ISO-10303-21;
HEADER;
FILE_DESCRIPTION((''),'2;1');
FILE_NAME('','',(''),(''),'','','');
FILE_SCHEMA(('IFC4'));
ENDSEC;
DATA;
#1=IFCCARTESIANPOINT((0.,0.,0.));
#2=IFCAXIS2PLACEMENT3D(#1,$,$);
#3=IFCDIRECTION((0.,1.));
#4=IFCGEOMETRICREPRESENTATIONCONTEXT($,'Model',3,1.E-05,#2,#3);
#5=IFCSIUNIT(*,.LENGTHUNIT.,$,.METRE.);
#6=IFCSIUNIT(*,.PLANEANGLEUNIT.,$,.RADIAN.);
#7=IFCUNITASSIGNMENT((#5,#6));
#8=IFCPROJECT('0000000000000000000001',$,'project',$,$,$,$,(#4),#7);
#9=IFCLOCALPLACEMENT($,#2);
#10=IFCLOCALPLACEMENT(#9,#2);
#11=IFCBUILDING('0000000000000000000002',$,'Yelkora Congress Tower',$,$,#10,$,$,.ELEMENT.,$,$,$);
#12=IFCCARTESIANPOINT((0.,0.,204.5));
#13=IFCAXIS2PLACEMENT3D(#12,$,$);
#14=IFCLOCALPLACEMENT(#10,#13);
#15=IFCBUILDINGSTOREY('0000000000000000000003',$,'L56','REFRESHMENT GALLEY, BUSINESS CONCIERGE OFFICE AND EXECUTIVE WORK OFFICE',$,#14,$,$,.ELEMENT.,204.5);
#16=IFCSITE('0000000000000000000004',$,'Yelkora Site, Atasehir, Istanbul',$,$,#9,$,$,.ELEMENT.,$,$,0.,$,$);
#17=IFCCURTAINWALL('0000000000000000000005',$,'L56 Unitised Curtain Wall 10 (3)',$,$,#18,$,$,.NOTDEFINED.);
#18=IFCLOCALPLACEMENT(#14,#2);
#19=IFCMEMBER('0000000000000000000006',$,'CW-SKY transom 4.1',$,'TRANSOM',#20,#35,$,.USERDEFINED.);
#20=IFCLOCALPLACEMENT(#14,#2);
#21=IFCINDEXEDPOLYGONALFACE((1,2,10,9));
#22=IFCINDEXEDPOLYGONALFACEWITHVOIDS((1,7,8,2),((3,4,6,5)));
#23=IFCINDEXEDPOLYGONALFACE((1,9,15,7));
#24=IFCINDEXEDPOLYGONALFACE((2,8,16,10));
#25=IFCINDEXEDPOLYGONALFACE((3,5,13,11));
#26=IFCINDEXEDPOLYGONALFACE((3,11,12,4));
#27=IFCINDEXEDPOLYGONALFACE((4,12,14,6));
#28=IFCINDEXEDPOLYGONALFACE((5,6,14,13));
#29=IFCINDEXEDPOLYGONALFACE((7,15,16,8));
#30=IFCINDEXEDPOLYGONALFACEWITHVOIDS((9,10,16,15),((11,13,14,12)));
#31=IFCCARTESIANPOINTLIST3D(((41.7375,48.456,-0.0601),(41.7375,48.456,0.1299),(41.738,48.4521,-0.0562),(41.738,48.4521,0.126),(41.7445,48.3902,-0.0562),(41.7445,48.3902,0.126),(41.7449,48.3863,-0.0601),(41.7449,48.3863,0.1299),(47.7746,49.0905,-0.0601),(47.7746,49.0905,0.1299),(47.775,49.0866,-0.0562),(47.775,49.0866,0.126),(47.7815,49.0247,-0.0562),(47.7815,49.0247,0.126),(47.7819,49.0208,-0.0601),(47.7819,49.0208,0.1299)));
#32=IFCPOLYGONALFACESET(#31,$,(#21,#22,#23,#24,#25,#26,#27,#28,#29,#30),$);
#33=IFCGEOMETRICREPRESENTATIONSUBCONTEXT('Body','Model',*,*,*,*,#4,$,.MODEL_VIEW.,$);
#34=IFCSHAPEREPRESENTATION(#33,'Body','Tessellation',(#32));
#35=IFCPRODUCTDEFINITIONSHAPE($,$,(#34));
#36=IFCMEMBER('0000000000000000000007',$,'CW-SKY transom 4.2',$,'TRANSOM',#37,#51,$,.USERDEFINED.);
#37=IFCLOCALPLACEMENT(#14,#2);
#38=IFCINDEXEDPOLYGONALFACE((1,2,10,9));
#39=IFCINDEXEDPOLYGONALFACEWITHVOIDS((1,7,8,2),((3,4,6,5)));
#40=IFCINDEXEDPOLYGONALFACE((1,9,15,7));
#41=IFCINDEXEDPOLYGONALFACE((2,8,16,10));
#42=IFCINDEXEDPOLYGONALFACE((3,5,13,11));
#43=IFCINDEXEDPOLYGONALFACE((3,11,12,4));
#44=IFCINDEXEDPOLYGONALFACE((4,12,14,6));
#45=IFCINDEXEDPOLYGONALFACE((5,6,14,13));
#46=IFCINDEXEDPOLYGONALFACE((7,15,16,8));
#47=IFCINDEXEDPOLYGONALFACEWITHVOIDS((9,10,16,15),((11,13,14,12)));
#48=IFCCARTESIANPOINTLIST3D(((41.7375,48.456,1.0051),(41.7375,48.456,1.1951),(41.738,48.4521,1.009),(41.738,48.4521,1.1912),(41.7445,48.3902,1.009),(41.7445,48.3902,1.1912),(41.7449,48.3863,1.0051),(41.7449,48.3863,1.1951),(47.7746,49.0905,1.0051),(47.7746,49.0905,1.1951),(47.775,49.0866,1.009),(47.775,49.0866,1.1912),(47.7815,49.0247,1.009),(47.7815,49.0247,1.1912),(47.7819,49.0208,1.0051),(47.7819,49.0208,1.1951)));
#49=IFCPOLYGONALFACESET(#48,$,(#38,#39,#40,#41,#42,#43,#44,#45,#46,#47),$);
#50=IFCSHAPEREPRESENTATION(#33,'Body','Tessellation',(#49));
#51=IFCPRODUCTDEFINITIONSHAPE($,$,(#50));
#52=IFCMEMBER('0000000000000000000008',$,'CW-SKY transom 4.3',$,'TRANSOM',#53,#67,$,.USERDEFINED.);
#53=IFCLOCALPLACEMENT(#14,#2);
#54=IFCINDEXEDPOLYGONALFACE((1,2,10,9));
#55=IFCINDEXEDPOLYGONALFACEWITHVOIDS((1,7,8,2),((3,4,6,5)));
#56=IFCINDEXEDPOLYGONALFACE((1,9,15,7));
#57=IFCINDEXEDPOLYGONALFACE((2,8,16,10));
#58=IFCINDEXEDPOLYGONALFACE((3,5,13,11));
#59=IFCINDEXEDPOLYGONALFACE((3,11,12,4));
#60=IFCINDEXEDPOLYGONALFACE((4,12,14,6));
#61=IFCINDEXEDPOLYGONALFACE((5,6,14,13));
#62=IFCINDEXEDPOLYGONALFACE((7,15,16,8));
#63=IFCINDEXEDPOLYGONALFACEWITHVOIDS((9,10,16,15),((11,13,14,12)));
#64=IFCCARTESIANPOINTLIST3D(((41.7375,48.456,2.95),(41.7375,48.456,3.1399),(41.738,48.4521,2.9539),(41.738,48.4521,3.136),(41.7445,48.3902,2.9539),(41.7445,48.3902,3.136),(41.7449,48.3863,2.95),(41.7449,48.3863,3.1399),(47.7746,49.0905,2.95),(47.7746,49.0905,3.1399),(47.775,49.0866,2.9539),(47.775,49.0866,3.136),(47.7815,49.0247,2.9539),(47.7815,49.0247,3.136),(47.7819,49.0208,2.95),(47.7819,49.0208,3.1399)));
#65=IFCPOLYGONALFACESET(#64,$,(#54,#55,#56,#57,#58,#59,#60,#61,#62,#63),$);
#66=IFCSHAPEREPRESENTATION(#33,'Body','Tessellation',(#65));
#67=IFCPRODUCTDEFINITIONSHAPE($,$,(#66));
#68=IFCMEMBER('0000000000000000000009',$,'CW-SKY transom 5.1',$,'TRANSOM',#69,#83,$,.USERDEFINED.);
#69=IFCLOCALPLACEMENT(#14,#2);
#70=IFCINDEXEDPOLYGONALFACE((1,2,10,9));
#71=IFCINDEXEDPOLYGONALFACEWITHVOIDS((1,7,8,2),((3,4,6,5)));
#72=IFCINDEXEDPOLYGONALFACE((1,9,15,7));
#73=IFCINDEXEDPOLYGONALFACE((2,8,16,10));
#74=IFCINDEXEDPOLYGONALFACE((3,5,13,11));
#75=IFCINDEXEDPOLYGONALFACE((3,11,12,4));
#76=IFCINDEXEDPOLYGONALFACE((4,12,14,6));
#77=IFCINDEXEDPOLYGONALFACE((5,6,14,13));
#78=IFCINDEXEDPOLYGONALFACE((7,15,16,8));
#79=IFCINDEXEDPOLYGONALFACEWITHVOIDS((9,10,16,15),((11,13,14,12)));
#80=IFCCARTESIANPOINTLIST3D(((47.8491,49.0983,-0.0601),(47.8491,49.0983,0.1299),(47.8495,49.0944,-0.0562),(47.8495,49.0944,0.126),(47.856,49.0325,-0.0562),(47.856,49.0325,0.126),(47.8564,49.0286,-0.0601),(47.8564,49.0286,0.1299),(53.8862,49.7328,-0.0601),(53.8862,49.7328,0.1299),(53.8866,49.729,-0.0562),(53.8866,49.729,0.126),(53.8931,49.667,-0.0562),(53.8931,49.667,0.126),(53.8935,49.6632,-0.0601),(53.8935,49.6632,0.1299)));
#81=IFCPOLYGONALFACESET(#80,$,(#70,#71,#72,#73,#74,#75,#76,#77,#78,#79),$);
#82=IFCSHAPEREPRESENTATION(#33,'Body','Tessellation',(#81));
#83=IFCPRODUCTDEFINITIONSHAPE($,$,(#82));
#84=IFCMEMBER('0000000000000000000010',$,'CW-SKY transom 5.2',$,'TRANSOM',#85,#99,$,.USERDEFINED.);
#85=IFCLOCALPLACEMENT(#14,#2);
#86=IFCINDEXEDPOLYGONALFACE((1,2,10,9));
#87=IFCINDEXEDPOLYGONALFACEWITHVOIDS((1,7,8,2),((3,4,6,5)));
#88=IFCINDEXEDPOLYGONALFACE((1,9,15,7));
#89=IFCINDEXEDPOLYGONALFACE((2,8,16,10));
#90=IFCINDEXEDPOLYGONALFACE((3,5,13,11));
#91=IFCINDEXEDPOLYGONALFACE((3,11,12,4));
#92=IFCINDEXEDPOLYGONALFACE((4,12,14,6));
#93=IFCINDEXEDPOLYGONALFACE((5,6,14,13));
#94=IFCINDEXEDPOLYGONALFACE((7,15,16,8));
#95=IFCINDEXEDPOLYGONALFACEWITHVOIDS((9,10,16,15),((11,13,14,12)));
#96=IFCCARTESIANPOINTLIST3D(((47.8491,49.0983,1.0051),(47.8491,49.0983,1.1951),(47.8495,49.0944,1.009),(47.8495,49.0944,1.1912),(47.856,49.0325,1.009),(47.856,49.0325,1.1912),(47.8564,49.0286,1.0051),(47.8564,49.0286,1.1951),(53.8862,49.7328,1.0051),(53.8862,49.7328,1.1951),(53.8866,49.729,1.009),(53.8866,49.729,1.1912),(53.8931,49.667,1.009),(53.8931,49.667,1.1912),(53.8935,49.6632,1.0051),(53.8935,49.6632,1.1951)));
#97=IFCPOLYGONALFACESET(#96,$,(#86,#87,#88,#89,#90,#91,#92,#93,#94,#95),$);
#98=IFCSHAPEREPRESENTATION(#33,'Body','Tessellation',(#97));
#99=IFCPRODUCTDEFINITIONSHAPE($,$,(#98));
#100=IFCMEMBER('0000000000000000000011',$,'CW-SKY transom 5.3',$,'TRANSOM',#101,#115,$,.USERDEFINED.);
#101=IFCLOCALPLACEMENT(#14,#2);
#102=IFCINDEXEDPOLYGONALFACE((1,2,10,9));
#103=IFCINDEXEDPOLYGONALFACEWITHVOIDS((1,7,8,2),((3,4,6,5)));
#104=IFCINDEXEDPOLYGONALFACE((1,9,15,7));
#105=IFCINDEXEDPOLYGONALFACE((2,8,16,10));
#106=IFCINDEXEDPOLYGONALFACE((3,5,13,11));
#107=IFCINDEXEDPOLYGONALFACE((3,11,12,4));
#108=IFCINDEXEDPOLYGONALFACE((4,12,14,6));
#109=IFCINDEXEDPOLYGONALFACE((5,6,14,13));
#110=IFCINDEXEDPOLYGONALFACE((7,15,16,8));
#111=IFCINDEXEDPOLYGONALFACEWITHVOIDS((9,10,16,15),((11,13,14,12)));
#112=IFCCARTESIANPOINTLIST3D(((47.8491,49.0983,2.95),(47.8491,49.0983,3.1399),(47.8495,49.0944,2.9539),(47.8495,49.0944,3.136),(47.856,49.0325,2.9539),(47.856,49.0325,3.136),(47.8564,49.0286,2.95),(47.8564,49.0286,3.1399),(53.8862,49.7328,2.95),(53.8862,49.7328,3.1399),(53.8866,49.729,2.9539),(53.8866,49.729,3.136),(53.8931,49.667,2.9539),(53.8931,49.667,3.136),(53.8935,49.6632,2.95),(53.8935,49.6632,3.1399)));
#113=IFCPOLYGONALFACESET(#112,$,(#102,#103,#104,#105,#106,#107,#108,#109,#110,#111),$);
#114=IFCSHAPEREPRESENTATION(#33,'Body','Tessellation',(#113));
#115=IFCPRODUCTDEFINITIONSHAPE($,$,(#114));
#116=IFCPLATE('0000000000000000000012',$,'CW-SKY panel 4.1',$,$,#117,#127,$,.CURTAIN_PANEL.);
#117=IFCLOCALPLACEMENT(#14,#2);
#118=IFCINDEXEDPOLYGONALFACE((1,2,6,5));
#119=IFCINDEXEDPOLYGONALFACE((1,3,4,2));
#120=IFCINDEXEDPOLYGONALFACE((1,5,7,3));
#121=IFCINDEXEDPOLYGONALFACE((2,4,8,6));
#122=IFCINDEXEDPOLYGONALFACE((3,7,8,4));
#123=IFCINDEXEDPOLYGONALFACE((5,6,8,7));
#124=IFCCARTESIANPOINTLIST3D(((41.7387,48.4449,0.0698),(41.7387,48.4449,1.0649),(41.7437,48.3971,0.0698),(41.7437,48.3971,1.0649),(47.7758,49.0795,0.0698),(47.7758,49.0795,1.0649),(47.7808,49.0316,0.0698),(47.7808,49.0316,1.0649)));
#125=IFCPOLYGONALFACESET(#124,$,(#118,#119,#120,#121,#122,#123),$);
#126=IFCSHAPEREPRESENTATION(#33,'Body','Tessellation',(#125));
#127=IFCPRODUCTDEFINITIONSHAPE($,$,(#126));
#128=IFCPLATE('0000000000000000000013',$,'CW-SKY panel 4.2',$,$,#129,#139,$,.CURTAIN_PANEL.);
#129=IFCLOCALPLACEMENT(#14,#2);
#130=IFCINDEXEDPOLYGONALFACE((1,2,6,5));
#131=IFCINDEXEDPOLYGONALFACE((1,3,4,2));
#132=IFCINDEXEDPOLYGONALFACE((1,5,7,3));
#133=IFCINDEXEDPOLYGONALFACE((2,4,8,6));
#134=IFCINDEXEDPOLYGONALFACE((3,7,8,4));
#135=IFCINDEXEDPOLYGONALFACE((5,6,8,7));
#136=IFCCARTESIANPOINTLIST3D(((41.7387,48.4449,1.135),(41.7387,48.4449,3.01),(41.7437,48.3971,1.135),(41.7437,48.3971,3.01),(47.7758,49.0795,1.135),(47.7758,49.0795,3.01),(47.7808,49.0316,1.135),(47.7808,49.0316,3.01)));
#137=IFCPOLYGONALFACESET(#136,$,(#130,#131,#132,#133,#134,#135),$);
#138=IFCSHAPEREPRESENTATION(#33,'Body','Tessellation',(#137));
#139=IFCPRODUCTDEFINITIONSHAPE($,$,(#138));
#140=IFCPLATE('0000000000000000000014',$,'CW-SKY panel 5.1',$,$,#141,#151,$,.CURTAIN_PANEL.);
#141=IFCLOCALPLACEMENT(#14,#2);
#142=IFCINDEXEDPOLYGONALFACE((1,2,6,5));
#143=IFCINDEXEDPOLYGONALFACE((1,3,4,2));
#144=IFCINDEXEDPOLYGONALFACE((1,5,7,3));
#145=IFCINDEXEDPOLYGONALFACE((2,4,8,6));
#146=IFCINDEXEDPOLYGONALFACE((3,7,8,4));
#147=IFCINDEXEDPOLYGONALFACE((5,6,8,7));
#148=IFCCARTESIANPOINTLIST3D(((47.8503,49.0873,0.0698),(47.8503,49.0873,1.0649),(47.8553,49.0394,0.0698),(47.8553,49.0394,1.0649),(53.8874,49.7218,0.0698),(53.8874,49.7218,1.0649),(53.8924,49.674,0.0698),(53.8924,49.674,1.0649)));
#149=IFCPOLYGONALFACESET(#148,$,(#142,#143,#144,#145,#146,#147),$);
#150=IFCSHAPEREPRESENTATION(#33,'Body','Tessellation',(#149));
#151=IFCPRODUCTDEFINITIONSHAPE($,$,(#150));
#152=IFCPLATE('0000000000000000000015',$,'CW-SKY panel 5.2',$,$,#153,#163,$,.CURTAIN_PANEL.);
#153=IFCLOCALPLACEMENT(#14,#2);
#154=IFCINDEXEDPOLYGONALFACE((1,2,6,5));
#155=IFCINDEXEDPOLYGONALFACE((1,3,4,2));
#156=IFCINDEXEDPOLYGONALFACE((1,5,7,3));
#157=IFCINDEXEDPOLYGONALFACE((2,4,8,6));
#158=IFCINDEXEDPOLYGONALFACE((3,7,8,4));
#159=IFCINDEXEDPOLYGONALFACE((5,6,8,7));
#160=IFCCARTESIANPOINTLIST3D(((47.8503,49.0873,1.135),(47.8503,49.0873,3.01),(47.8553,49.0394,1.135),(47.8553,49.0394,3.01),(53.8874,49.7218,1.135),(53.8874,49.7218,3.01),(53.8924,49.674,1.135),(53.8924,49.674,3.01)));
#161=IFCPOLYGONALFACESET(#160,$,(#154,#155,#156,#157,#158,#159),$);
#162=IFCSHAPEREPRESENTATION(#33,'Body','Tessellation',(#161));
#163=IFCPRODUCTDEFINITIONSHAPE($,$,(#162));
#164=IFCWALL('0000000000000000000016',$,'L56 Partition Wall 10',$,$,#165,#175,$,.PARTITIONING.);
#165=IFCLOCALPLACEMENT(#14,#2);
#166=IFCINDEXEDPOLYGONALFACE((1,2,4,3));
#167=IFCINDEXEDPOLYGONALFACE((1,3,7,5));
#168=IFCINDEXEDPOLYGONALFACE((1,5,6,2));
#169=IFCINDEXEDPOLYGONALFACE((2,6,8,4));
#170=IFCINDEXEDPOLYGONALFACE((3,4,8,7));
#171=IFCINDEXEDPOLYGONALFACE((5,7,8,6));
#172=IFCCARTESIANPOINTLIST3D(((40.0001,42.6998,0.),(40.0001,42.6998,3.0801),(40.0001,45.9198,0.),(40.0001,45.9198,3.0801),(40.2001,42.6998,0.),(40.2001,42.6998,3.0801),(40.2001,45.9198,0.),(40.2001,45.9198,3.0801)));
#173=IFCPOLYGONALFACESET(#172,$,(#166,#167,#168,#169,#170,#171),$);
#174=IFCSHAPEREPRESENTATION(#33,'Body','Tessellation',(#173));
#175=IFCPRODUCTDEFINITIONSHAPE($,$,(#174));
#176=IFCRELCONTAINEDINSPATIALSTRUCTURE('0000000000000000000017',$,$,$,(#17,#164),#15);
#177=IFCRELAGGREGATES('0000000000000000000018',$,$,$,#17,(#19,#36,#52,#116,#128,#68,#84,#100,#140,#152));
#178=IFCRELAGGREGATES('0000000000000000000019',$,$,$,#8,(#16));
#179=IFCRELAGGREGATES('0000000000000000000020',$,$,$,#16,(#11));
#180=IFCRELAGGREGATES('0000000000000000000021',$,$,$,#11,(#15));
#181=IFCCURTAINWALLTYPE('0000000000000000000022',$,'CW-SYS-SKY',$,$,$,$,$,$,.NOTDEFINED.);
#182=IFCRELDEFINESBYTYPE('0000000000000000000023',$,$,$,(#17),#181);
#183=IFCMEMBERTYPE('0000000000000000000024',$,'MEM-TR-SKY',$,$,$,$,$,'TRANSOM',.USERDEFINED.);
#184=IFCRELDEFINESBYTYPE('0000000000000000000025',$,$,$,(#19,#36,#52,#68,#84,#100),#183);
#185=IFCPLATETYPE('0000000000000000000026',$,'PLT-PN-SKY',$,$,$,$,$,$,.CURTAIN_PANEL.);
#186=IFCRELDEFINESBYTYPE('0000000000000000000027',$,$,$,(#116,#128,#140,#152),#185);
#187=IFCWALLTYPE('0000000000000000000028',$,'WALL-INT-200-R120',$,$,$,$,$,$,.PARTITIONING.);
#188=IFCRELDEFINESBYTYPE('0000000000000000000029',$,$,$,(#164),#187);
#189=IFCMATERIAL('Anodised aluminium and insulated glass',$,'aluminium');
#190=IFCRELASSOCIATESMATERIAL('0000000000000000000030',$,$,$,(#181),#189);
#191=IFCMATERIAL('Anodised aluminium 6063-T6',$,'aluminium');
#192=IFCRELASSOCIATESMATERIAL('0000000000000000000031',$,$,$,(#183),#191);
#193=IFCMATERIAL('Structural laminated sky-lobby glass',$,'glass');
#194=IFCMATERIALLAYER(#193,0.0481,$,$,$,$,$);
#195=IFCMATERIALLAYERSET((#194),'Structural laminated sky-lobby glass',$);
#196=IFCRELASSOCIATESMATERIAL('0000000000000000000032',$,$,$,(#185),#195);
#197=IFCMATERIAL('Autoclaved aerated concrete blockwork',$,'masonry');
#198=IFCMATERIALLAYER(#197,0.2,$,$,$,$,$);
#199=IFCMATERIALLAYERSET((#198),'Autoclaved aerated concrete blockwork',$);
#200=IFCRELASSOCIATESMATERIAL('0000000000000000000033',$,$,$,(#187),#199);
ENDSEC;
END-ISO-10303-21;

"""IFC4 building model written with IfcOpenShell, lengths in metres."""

from ifc_helpers import new_model, si_unit, direction, frame, frame_2d, origin, origin_2d, place, context, subcontext, project, spatial, rectangle, hollow_rectangle, extrude, material, layer, layer_set, material_profile, profile_set, type_object, element, aggregate, save


model = new_model("IFC4")

# Units and contexts
model_context = context("Model", 3, precision=1e-05, world=origin(), true_north=direction((0.0, 1.0)))
body_context = subcontext(model_context, "Body", "Model", "MODEL_VIEW")
ifc_project = project(units=[si_unit("LENGTHUNIT", "METRE"), si_unit("PLANEANGLEUNIT", "RADIAN")], contexts=[model_context])

# Site, building, storey
site_placement = place(None, origin())
site = spatial("IfcSite", under=ifc_project, at=site_placement, Name="Yelkora Site, Atasehir, Istanbul", CompositionType="ELEMENT", RefElevation=0.0)
building_placement = place(site_placement, origin())
building = spatial("IfcBuilding", under=site, at=building_placement, Name="Yelkora Congress Tower", CompositionType="ELEMENT")
storey_placement = place(building_placement, frame((0.0, 0.0, 204.5)))
storey = spatial("IfcBuildingStorey", under=building, at=storey_placement, Name="L56", Description="REFRESHMENT GALLEY, BUSINESS CONCIERGE OFFICE AND EXECUTIVE WORK OFFICE", CompositionType="ELEMENT", Elevation=204.5)

# Curtain wall, members, plates
ifc_material_1 = material(Name="Anodised aluminium and insulated glass", Category="aluminium")
curtain_wall_type = type_object("IfcCurtainWallType", Name="CW-SYS-SKY", PredefinedType="NOTDEFINED", material=ifc_material_1)
curtain_wall_placement = place(storey_placement, origin())
curtain_wall = element("IfcCurtainWall", 1, at=curtain_wall_placement, inside=storey, type_object=curtain_wall_type, Name="L56 Unitised Curtain Wall 10 (3)", PredefinedType="NOTDEFINED")
ifc_material_2 = material(Name="Anodised aluminium 6063-T6", Category="aluminium")
ifc_material_profile_1 = material_profile(ifc_material_2, hollow_rectangle(XDim=0.0701, YDim=0.1899, WallThickness=0.0039, at=origin_2d()), Name="ALU 70x190x4")
ifc_profile_set_1 = profile_set([ifc_material_profile_1], Name="Anodised aluminium 6063-T6")
member_type_1 = type_object("IfcMemberType", Name="MEM-TR-SKY", ElementType="TRANSOM", PredefinedType="USERDEFINED", material=ifc_profile_set_1)
member_1_placement = place(storey_placement, frame((41.7412, 48.4211, 0.0349), z_axis=(0.994522, 0.104528, 0.0), x_axis=(-0.104528, 0.994522, 0.0)))
member_1 = element("IfcMember", 2, at=member_1_placement, type_object=member_type_1, Name="CW-SKY transom 4.1", ObjectType="TRANSOM", PredefinedType="USERDEFINED", context=body_context, shape_type="SweptSolid", body=[
    extrude(hollow_rectangle(XDim=0.0701, YDim=0.1899, WallThickness=0.0039, at=origin_2d()), origin(), (0.0, 0.0, 1.0), 6.0703),
])
member_2_placement = place(storey_placement, frame((41.7412, 48.4211, 1.1001), z_axis=(0.994522, 0.104528, 0.0), x_axis=(-0.104528, 0.994522, 0.0)))
member_2 = element("IfcMember", 3, at=member_2_placement, type_object=member_type_1, Name="CW-SKY transom 4.2", ObjectType="TRANSOM", PredefinedType="USERDEFINED", context=body_context, shape_type="SweptSolid", body=[
    extrude(hollow_rectangle(XDim=0.0701, YDim=0.1899, WallThickness=0.0039, at=origin_2d()), origin(), (0.0, 0.0, 1.0), 6.0703),
])
member_3_placement = place(storey_placement, frame((41.7412, 48.4211, 3.0449), z_axis=(0.994522, 0.104528, 0.0), x_axis=(-0.104528, 0.994522, 0.0)))
member_3 = element("IfcMember", 4, at=member_3_placement, type_object=member_type_1, Name="CW-SKY transom 4.3", ObjectType="TRANSOM", PredefinedType="USERDEFINED", context=body_context, shape_type="SweptSolid", body=[
    extrude(hollow_rectangle(XDim=0.0701, YDim=0.1899, WallThickness=0.0039, at=origin_2d()), origin(), (0.0, 0.0, 1.0), 6.0703),
])
member_4_placement = place(storey_placement, frame((47.8528, 49.0635, 0.0349), z_axis=(0.994522, 0.104528, 0.0), x_axis=(-0.104528, 0.994522, 0.0)))
member_4 = element("IfcMember", 5, at=member_4_placement, type_object=member_type_1, Name="CW-SKY transom 5.1", ObjectType="TRANSOM", PredefinedType="USERDEFINED", context=body_context, shape_type="SweptSolid", body=[
    extrude(hollow_rectangle(XDim=0.0701, YDim=0.1899, WallThickness=0.0039, at=origin_2d()), origin(), (0.0, 0.0, 1.0), 6.0703),
])
member_5_placement = place(storey_placement, frame((47.8528, 49.0635, 1.1001), z_axis=(0.994522, 0.104528, 0.0), x_axis=(-0.104528, 0.994522, 0.0)))
member_5 = element("IfcMember", 6, at=member_5_placement, type_object=member_type_1, Name="CW-SKY transom 5.2", ObjectType="TRANSOM", PredefinedType="USERDEFINED", context=body_context, shape_type="SweptSolid", body=[
    extrude(hollow_rectangle(XDim=0.0701, YDim=0.1899, WallThickness=0.0039, at=origin_2d()), origin(), (0.0, 0.0, 1.0), 6.0703),
])
member_6_placement = place(storey_placement, frame((47.8528, 49.0635, 3.0449), z_axis=(0.994522, 0.104528, 0.0), x_axis=(-0.104528, 0.994522, 0.0)))
member_6 = element("IfcMember", 7, at=member_6_placement, type_object=member_type_1, Name="CW-SKY transom 5.3", ObjectType="TRANSOM", PredefinedType="USERDEFINED", context=body_context, shape_type="SweptSolid", body=[
    extrude(hollow_rectangle(XDim=0.0701, YDim=0.1899, WallThickness=0.0039, at=origin_2d()), origin(), (0.0, 0.0, 1.0), 6.0703),
])
ifc_material_3 = material(Name="Structural laminated sky-lobby glass", Category="glass")
ifc_layer_1 = layer(ifc_material_3, 0.0481)
ifc_layer_set_1 = layer_set([ifc_layer_1], Name="Structural laminated sky-lobby glass")
plate_type = type_object("IfcPlateType", Name="PLT-PN-SKY", PredefinedType="CURTAIN_PANEL", material=ifc_layer_set_1)
plate_1_placement = place(storey_placement, frame((44.7598, 48.7383, 0.0698), z_axis=(0.0, 0.0, 1.0), x_axis=(0.994522, 0.104528, 0.0)))
plate_1 = element("IfcPlate", 8, at=plate_1_placement, type_object=plate_type, Name="CW-SKY panel 4.1", PredefinedType="CURTAIN_PANEL", context=body_context, shape_type="SweptSolid", body=[
    extrude(rectangle(XDim=6.0703, YDim=0.0481, at=origin_2d()), origin(), (0.0, 0.0, 1.0), 0.9951),
])
plate_2_placement = place(storey_placement, frame((44.7598, 48.7383, 1.135), z_axis=(0.0, 0.0, 1.0), x_axis=(0.994522, 0.104528, 0.0)))
plate_2 = element("IfcPlate", 9, at=plate_2_placement, type_object=plate_type, Name="CW-SKY panel 4.2", PredefinedType="CURTAIN_PANEL", context=body_context, shape_type="SweptSolid", body=[
    extrude(rectangle(XDim=6.0703, YDim=0.0481, at=origin_2d()), origin(), (0.0, 0.0, 1.0), 1.875),
])
plate_3_placement = place(storey_placement, frame((50.8713, 49.3806, 0.0698), z_axis=(0.0, 0.0, 1.0), x_axis=(0.994522, 0.104528, 0.0)))
plate_3 = element("IfcPlate", 10, at=plate_3_placement, type_object=plate_type, Name="CW-SKY panel 5.1", PredefinedType="CURTAIN_PANEL", context=body_context, shape_type="SweptSolid", body=[
    extrude(rectangle(XDim=6.0703, YDim=0.0481, at=origin_2d()), origin(), (0.0, 0.0, 1.0), 0.9951),
])
plate_4_placement = place(storey_placement, frame((50.8713, 49.3806, 1.135), z_axis=(0.0, 0.0, 1.0), x_axis=(0.994522, 0.104528, 0.0)))
plate_4 = element("IfcPlate", 11, at=plate_4_placement, type_object=plate_type, Name="CW-SKY panel 5.2", PredefinedType="CURTAIN_PANEL", context=body_context, shape_type="SweptSolid", body=[
    extrude(rectangle(XDim=6.0703, YDim=0.0481, at=origin_2d()), origin(), (0.0, 0.0, 1.0), 1.875),
])
aggregate(curtain_wall, [member_1, member_2, member_3, plate_1, plate_2, member_4, member_5, member_6, plate_3, plate_4])

# Wall
ifc_material_4 = material(Name="Autoclaved aerated concrete blockwork", Category="masonry")
ifc_layer_2 = layer(ifc_material_4, 0.2)
ifc_layer_set_2 = layer_set([ifc_layer_2], Name="Autoclaved aerated concrete blockwork")
wall_type_1 = type_object("IfcWallType", Name="WALL-INT-200-R120", PredefinedType="PARTITIONING", material=ifc_layer_set_2)
wall_1_placement = place(storey_placement, frame((40.1001, 42.7, 0.0), z_axis=(0.0, 0.0, 1.0), x_axis=(0.0, 1.0, 0.0)))
element("IfcWall", 12, at=wall_1_placement, inside=storey, type_object=wall_type_1, Name="L56 Partition Wall 10", PredefinedType="PARTITIONING", context=body_context, shape_type="SweptSolid", body=[
    extrude(rectangle(XDim=3.22, YDim=0.2, at=frame_2d((1.6099, 0.0))), origin(), (0.0, 0.0, 1.0), 3.0801),
])

save(model, "model.ifc")
